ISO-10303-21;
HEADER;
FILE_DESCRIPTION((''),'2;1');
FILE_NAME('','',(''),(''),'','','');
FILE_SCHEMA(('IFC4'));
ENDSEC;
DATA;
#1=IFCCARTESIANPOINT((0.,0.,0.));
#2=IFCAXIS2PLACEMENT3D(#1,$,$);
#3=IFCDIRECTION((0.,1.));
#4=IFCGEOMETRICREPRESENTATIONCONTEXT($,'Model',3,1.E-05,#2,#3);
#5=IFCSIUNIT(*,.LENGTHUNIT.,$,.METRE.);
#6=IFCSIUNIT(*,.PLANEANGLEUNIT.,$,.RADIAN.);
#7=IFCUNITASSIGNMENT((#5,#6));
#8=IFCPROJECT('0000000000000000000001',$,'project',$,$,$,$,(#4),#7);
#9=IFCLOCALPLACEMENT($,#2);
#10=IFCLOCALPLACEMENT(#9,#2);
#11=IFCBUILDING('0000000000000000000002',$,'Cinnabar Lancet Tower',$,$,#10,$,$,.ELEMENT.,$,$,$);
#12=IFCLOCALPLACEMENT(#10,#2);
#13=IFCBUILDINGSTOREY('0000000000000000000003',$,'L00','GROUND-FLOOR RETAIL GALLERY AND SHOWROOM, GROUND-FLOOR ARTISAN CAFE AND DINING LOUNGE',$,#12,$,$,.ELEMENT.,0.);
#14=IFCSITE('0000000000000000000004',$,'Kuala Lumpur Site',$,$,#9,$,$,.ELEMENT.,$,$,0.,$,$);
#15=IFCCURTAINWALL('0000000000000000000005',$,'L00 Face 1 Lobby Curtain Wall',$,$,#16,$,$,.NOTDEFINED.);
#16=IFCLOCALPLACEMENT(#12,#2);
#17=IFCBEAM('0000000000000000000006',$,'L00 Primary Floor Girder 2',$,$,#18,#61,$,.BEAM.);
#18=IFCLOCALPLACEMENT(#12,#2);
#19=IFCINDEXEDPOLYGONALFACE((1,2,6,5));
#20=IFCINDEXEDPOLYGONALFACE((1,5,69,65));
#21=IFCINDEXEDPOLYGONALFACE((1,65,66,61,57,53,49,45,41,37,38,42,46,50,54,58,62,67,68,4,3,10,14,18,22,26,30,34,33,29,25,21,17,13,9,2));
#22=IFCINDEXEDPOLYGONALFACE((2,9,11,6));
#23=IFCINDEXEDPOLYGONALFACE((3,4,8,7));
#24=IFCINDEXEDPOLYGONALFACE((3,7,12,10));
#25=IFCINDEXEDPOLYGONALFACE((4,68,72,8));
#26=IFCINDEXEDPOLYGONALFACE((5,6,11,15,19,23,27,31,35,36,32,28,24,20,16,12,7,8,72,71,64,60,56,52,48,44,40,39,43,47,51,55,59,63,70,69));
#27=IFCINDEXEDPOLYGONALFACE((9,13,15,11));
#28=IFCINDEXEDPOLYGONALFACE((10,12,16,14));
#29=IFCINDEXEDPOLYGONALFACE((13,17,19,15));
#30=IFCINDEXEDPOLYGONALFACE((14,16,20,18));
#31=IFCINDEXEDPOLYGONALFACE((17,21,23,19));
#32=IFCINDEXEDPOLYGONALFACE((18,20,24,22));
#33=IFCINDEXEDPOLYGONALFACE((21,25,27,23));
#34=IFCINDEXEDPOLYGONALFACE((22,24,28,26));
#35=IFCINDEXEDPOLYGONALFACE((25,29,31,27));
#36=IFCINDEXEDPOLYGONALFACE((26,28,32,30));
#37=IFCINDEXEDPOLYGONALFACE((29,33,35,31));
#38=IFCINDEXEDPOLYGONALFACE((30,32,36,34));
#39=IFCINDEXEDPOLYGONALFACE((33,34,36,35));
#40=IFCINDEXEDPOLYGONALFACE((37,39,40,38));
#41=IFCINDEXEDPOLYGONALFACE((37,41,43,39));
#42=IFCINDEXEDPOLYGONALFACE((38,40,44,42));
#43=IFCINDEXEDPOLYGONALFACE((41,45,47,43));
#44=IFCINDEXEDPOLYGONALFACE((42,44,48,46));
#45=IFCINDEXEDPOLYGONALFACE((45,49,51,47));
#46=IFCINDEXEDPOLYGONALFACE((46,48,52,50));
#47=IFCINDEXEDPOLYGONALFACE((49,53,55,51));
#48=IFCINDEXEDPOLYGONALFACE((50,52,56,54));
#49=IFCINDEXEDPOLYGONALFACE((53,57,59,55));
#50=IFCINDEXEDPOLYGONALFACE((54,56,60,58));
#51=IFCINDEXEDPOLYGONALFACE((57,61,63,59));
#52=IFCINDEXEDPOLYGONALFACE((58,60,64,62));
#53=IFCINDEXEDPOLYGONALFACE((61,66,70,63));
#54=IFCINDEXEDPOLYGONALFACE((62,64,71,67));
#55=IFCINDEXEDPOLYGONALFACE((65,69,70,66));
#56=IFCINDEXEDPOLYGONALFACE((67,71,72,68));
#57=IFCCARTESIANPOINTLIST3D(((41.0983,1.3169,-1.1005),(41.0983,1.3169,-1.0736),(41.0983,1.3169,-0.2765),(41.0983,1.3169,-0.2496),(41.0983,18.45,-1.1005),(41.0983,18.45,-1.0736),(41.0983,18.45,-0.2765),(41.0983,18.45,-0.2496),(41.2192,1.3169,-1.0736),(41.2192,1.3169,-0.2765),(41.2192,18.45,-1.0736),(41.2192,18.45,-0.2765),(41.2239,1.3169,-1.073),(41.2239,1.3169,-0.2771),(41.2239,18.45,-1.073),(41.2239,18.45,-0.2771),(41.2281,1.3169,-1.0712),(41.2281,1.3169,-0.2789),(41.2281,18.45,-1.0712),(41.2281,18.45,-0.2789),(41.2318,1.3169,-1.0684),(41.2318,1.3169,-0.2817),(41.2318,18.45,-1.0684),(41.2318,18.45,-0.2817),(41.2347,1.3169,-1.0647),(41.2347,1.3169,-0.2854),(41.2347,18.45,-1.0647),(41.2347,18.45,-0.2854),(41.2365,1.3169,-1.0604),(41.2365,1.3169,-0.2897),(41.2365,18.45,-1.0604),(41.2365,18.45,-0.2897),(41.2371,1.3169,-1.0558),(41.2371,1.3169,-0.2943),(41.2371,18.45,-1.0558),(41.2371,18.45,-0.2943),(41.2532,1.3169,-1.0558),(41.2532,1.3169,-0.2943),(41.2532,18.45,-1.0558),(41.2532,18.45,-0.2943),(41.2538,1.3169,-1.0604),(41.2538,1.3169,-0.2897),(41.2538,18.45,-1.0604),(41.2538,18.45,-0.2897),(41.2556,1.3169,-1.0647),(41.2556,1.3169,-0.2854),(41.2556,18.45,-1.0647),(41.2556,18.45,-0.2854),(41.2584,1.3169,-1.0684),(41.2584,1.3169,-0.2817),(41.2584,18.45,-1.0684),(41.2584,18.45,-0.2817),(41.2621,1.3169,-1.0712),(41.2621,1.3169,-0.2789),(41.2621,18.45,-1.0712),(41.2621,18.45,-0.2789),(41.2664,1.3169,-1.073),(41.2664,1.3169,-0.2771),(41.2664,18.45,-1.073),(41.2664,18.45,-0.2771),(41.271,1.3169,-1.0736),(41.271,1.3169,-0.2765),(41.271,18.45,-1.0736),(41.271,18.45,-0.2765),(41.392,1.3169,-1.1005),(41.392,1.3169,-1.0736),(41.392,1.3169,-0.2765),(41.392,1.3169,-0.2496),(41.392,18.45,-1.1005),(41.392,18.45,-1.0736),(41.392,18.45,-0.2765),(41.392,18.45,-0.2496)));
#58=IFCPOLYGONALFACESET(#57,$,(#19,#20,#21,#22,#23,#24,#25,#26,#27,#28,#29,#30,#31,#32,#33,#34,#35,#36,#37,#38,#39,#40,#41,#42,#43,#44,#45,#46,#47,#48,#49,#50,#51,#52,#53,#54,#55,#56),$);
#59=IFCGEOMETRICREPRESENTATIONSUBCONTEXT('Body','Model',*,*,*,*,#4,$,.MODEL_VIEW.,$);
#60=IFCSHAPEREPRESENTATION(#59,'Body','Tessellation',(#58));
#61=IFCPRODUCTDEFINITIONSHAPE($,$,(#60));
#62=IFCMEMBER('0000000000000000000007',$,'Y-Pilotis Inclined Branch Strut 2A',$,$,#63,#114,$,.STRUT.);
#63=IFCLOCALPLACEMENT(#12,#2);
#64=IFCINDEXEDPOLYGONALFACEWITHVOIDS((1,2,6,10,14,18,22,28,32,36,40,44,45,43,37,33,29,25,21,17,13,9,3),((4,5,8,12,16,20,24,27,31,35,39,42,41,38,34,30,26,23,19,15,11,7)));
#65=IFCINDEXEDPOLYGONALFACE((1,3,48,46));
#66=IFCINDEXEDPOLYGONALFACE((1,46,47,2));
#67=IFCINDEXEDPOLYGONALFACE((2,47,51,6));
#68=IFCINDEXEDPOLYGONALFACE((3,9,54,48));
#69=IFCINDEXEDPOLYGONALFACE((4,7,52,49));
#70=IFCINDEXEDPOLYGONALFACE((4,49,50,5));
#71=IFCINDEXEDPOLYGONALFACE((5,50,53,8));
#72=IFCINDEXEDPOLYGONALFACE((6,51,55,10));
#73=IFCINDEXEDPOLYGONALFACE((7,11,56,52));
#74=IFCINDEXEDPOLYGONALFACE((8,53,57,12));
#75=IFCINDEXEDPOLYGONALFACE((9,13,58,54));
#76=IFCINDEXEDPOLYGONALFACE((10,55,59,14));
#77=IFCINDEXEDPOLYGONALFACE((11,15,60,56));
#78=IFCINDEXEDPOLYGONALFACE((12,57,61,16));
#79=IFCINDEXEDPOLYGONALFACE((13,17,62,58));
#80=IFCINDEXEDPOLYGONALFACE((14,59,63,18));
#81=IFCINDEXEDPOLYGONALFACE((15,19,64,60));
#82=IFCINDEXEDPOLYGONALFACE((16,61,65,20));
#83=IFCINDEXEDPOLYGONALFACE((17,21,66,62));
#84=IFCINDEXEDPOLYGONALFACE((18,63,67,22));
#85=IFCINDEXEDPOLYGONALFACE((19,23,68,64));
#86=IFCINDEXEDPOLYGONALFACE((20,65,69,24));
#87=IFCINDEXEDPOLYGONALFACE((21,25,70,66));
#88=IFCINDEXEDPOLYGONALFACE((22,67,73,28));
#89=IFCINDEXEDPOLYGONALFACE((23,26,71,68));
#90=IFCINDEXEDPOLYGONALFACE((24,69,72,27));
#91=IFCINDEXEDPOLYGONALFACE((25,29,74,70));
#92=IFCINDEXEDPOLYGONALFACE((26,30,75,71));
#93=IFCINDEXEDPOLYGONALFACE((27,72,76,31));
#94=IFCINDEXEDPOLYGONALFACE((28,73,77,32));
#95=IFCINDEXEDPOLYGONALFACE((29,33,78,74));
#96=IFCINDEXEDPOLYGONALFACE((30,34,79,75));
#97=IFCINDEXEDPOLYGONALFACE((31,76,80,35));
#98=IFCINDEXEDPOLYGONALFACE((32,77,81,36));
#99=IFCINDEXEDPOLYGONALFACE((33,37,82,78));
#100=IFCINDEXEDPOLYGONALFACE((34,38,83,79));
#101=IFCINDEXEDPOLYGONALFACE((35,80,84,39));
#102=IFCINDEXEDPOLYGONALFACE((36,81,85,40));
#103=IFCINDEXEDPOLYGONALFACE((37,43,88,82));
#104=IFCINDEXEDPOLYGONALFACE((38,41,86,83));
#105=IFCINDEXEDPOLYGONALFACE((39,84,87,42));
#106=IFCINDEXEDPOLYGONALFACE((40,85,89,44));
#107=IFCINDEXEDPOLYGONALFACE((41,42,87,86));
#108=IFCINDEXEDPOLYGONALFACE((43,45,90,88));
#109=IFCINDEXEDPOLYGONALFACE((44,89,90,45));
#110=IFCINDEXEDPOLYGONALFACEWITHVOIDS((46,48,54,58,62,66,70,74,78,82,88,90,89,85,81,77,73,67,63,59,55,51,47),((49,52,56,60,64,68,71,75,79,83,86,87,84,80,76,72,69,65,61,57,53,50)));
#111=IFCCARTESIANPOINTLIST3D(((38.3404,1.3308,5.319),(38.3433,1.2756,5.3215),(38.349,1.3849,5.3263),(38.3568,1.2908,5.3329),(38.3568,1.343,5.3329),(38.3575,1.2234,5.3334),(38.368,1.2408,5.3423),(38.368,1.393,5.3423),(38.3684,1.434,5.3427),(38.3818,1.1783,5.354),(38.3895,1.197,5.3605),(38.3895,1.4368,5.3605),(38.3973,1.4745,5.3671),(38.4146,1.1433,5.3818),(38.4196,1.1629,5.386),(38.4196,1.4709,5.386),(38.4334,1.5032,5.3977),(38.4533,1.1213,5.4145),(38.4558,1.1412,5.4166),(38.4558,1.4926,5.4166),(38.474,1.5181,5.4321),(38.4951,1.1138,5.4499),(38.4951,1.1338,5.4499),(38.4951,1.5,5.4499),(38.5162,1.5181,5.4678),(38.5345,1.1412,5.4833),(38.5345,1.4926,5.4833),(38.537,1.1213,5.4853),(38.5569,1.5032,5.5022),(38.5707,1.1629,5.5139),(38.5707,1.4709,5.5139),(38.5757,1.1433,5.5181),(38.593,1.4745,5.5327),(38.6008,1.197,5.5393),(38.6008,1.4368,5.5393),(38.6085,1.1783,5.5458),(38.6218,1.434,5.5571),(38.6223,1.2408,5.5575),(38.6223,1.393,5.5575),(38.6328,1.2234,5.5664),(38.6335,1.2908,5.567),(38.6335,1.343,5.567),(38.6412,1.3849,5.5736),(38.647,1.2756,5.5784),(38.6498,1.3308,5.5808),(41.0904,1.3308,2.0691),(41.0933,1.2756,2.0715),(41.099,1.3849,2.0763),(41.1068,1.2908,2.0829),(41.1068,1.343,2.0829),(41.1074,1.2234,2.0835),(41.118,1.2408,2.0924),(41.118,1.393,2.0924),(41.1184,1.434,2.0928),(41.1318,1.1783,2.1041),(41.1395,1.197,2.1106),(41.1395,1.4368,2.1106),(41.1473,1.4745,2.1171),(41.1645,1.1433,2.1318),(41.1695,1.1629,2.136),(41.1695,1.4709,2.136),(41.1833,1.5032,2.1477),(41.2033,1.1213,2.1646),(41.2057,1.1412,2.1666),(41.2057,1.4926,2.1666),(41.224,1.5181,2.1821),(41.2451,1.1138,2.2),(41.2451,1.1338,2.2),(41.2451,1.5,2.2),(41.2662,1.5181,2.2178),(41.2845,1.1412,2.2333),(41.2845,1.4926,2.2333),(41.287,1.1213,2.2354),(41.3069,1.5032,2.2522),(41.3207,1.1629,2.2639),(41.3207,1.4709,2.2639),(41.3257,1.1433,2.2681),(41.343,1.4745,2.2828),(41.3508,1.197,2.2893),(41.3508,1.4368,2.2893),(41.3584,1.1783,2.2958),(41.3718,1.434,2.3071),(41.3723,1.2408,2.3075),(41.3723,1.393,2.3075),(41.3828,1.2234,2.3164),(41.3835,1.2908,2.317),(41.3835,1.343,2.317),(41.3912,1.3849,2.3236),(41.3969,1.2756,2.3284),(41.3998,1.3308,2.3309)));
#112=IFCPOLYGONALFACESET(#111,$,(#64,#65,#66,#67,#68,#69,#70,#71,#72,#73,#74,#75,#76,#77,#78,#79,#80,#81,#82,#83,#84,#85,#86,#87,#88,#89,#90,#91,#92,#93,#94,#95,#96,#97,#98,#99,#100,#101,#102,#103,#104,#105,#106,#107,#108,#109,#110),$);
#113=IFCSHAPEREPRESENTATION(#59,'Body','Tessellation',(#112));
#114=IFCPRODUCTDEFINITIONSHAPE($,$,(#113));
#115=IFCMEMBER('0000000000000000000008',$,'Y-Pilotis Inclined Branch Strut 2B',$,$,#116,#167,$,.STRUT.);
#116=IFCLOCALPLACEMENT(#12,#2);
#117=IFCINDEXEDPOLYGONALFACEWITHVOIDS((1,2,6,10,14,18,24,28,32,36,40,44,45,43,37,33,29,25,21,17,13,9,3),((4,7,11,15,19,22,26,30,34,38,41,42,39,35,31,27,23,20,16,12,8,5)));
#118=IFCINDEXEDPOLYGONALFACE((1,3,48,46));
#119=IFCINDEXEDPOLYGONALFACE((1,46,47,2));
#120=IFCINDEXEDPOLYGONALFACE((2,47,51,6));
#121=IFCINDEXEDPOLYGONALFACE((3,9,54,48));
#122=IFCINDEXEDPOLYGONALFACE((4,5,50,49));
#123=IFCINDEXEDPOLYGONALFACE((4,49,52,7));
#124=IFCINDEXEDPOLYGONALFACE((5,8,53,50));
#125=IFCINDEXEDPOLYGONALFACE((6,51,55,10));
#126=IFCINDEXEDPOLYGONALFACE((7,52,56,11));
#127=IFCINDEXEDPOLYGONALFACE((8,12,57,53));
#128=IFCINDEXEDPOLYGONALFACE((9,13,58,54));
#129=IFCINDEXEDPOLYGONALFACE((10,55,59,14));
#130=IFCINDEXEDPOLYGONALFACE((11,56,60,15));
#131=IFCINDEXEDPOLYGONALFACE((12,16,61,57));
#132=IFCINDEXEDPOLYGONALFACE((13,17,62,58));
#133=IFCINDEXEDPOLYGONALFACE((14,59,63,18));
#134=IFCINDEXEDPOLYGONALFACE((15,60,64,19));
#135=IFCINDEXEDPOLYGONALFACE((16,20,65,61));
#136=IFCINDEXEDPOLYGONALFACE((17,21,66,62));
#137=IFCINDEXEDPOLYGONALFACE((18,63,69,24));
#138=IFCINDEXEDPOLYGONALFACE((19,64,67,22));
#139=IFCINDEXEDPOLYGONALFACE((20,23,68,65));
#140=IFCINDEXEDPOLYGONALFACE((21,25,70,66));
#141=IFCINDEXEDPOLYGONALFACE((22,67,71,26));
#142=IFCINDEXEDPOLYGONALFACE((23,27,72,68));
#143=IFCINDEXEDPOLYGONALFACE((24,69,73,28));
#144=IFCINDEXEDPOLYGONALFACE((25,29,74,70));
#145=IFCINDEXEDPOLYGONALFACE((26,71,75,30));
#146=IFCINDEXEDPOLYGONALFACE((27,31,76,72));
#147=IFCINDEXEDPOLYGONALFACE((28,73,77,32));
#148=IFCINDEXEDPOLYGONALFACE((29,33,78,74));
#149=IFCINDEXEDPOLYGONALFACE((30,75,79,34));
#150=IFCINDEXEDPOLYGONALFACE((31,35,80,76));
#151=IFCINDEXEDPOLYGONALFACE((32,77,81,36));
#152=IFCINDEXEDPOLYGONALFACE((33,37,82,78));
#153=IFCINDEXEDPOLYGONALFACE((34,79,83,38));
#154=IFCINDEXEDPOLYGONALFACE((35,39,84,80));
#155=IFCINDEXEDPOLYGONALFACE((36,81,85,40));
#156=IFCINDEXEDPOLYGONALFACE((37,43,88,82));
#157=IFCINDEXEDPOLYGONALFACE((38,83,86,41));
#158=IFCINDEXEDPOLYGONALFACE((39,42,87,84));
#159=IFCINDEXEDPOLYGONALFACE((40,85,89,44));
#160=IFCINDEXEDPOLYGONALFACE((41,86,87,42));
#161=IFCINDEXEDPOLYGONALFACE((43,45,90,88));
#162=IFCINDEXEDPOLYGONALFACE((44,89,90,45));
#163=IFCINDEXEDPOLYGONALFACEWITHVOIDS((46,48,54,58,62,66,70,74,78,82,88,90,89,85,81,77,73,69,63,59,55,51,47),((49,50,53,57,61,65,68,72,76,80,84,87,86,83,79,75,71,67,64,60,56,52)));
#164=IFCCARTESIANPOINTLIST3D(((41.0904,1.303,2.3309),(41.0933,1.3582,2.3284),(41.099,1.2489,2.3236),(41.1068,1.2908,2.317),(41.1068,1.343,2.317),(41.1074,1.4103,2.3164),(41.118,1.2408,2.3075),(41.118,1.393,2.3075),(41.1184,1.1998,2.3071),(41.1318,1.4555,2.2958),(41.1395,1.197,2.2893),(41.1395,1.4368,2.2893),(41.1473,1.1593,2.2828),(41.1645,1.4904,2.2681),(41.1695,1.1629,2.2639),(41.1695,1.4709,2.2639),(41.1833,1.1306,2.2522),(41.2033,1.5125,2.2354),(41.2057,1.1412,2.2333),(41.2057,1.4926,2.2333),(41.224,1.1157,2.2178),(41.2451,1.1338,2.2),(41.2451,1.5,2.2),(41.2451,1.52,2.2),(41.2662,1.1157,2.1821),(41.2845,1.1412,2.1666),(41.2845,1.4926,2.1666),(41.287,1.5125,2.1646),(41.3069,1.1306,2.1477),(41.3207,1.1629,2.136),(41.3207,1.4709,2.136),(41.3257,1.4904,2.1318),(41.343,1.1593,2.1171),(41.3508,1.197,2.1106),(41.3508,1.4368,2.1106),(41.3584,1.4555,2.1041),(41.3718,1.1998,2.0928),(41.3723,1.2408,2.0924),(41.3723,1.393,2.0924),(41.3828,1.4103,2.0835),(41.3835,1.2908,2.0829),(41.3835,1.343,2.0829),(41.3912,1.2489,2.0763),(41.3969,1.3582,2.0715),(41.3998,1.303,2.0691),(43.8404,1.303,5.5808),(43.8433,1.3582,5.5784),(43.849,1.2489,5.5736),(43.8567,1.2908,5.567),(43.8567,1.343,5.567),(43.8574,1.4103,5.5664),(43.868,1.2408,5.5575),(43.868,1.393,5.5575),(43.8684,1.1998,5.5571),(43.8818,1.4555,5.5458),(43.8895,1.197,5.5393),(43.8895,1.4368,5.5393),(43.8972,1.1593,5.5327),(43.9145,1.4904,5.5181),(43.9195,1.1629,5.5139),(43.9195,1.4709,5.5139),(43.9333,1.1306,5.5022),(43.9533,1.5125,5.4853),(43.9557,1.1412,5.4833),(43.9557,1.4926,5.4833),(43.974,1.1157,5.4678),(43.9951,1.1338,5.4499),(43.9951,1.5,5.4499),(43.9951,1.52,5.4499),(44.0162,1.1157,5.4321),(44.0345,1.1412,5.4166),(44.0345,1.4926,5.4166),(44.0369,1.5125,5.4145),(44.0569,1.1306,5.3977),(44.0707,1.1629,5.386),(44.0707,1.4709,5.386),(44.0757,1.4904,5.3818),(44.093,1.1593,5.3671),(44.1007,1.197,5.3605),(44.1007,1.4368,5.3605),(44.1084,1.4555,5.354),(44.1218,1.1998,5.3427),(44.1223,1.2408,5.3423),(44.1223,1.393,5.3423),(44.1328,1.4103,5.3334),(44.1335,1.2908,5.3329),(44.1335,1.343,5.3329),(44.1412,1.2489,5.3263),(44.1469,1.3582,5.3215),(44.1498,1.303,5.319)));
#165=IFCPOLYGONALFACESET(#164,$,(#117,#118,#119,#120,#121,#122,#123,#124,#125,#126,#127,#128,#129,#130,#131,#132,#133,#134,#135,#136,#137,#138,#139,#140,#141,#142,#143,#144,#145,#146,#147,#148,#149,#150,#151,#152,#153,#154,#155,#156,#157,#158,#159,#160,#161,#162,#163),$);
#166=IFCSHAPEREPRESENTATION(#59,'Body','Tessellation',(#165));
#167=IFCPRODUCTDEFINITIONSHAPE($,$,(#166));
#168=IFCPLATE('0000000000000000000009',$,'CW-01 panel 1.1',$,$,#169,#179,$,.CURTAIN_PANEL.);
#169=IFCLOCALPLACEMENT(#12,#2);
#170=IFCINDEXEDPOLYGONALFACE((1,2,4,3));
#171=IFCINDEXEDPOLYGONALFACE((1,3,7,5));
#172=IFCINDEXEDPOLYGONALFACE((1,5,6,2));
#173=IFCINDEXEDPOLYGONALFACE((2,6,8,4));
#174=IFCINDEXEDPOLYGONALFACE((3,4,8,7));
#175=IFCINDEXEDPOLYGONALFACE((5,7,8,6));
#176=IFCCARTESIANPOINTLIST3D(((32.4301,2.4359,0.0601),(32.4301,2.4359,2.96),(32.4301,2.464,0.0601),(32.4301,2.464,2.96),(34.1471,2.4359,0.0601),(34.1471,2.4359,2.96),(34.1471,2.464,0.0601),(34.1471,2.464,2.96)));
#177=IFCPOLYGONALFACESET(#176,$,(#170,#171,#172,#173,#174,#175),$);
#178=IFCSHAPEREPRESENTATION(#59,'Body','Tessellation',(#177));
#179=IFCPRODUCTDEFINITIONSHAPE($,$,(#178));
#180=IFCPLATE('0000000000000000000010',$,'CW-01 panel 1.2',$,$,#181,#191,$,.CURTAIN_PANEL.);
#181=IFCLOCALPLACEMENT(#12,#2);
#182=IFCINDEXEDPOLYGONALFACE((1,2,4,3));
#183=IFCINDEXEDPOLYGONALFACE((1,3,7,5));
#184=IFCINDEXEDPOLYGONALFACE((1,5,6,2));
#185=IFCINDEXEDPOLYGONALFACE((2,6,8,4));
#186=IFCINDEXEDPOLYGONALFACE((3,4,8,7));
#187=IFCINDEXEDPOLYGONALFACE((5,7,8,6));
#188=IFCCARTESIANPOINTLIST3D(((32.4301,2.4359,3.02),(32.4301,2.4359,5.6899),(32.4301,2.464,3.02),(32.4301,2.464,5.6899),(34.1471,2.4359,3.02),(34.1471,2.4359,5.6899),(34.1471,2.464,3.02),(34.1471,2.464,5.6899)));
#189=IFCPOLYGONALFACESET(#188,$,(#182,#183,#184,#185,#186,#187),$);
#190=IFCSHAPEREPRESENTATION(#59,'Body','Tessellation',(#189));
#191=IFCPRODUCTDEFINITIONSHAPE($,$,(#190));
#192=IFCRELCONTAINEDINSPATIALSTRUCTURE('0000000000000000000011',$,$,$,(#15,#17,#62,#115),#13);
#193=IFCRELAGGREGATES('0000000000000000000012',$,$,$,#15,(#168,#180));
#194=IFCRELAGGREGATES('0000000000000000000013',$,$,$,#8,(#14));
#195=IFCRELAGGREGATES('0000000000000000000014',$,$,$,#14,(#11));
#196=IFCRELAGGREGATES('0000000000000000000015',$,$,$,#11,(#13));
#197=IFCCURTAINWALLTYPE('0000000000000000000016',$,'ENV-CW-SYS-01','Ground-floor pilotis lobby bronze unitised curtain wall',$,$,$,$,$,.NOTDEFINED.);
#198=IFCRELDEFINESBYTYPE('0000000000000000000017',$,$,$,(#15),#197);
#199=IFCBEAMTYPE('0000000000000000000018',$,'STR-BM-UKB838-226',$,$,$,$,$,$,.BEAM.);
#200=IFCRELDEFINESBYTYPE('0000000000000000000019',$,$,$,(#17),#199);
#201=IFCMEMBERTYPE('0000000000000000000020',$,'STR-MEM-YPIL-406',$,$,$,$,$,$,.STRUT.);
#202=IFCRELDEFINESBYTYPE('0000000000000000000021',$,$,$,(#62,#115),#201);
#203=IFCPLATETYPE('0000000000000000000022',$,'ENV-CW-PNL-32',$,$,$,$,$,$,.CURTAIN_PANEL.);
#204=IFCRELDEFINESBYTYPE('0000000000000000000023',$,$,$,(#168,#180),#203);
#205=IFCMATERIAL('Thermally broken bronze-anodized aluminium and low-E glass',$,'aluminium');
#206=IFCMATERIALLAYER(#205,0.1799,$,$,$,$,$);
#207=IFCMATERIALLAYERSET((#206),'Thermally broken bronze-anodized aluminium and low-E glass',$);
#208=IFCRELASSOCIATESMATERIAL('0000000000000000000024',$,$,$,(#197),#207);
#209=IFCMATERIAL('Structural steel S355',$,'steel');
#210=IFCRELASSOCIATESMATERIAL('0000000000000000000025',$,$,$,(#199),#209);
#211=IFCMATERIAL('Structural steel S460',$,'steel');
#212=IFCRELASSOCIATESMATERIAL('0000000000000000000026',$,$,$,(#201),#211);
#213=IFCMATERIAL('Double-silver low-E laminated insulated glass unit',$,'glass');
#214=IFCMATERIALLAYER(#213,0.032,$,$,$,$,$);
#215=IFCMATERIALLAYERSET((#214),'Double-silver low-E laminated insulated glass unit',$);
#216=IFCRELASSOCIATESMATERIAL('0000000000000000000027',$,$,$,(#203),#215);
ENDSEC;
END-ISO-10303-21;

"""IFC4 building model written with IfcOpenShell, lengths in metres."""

from ifc_helpers import new_model, si_unit, direction, frame, origin, origin_2d, place, context, subcontext, project, spatial, rectangle, hollow_circle, i_section, extrude, material, layer, layer_set, material_profile, profile_set, type_object, element, aggregate, save


model = new_model("IFC4")

# Units and contexts
model_context = context("Model", 3, precision=1e-05, world=origin(), true_north=direction((0.0, 1.0)))
body_context = subcontext(model_context, "Body", "Model", "MODEL_VIEW")
ifc_project = project(units=[si_unit("LENGTHUNIT", "METRE"), si_unit("PLANEANGLEUNIT", "RADIAN")], contexts=[model_context])

# Site, building, storey
site_placement = place(None, origin())
site = spatial("IfcSite", under=ifc_project, at=site_placement, Name="Kuala Lumpur Site", CompositionType="ELEMENT", RefElevation=0.0)
building_placement = place(site_placement, origin())
building = spatial("IfcBuilding", under=site, at=building_placement, Name="Cinnabar Lancet Tower", CompositionType="ELEMENT")
storey_placement = place(building_placement, origin())
storey = spatial("IfcBuildingStorey", under=building, at=storey_placement, Name="L00", Description="GROUND-FLOOR RETAIL GALLERY AND SHOWROOM, GROUND-FLOOR ARTISAN CAFE AND DINING LOUNGE", CompositionType="ELEMENT", Elevation=0.0)

# Curtain wall
ifc_material_1 = material(Name="Thermally broken bronze-anodized aluminium and low-E glass", Category="aluminium")
ifc_layer_1 = layer(ifc_material_1, 0.1799)
ifc_layer_set_1 = layer_set([ifc_layer_1], Name="Thermally broken bronze-anodized aluminium and low-E glass")
curtain_wall_type = type_object("IfcCurtainWallType", Name="ENV-CW-SYS-01", Description="Ground-floor pilotis lobby bronze unitised curtain wall", PredefinedType="NOTDEFINED", material=ifc_layer_set_1)
curtain_wall_placement = place(storey_placement, origin())
curtain_wall = element("IfcCurtainWall", 1, at=curtain_wall_placement, inside=storey, type_object=curtain_wall_type, Name="L00 Face 1 Lobby Curtain Wall", PredefinedType="NOTDEFINED")

# Beam
ifc_material_2 = material(Name="Structural steel S355", Category="steel")
ifc_material_profile_1 = material_profile(ifc_material_2, i_section(OverallWidth=0.2937, OverallDepth=0.8508, WebThickness=0.0161, FlangeThickness=0.0269, FilletRadius=0.0178, at=origin_2d()), Name="UKB 838x292x226")
ifc_profile_set_1 = profile_set([ifc_material_profile_1], Name="Structural steel S355")
beam_type_1 = type_object("IfcBeamType", Name="STR-BM-UKB838-226", PredefinedType="BEAM", material=ifc_profile_set_1)
beam_1_placement = place(storey_placement, frame((41.2451, 1.3169, -0.675), z_axis=(0.0, 1.0, 0.0), x_axis=(-1.0, 0.0, 0.0)))
element("IfcBeam", 2, at=beam_1_placement, inside=storey, type_object=beam_type_1, Name="L00 Primary Floor Girder 2", PredefinedType="BEAM", context=body_context, shape_type="SweptSolid", body=[
    extrude(i_section(OverallWidth=0.2937, OverallDepth=0.8508, WebThickness=0.0161, FlangeThickness=0.0269, FilletRadius=0.0178, at=origin_2d()), origin(), (0.0, 0.0, 1.0), 17.1331),
])

# Members
ifc_material_3 = material(Name="Structural steel S460", Category="steel")
ifc_material_profile_2 = material_profile(ifc_material_3, hollow_circle(Radius=0.2031, WallThickness=0.02, at=origin_2d()), Name="CHS 406.4x20")
ifc_profile_set_2 = profile_set([ifc_material_profile_2], Name="Structural steel S460")
member_type_1 = type_object("IfcMemberType", Name="STR-MEM-YPIL-406", PredefinedType="STRUT", material=ifc_profile_set_2)
for number, where, z_axis, x_axis, name in (
    (3, (41.2451, 1.3169, 2.2), (-0.645942, 0.0, 0.763386), (0.0, -1.0, 0.0), "Y-Pilotis Inclined Branch Strut 2A"),
    (4, (41.2451, 1.3169, 2.2), (0.645942, 0.0, 0.763386), (0.0, 1.0, 0.0), "Y-Pilotis Inclined Branch Strut 2B"),
):
    element("IfcMember", number, at=place(storey_placement, frame(where, z_axis=z_axis, x_axis=x_axis)), inside=storey, type_object=member_type_1, Name=name, PredefinedType="STRUT", context=body_context, shape_type="SweptSolid", body=[
        extrude(hollow_circle(Radius=0.2031, WallThickness=0.02, at=origin_2d()), origin(), (0.0, 0.0, 1.0), 4.2573),
    ])

# Plates
ifc_material_4 = material(Name="Double-silver low-E laminated insulated glass unit", Category="glass")
ifc_layer_2 = layer(ifc_material_4, 0.032)
ifc_layer_set_2 = layer_set([ifc_layer_2], Name="Double-silver low-E laminated insulated glass unit")
plate_type_1 = type_object("IfcPlateType", Name="ENV-CW-PNL-32", PredefinedType="CURTAIN_PANEL", material=ifc_layer_set_2)
plate_1_placement = place(storey_placement, frame((33.2886, 2.45, 0.0601), z_axis=(0.0, 0.0, 1.0), x_axis=(-1.0, 0.0, 0.0)))
plate_1 = element("IfcPlate", 5, at=plate_1_placement, type_object=plate_type_1, Name="CW-01 panel 1.1", PredefinedType="CURTAIN_PANEL", context=body_context, shape_type="SweptSolid", body=[
    extrude(rectangle(XDim=1.717, YDim=0.0281, at=origin_2d()), origin(), (0.0, 0.0, 1.0), 2.8999),
])
plate_2_placement = place(storey_placement, frame((33.2886, 2.45, 3.02), z_axis=(0.0, 0.0, 1.0), x_axis=(-1.0, 0.0, 0.0)))
plate_2 = element("IfcPlate", 6, at=plate_2_placement, type_object=plate_type_1, Name="CW-01 panel 1.2", PredefinedType="CURTAIN_PANEL", context=body_context, shape_type="SweptSolid", body=[
    extrude(rectangle(XDim=1.717, YDim=0.0281, at=origin_2d()), origin(), (0.0, 0.0, 1.0), 2.6699),
])
aggregate(curtain_wall, [plate_1, plate_2])

save(model, "model.ifc")
